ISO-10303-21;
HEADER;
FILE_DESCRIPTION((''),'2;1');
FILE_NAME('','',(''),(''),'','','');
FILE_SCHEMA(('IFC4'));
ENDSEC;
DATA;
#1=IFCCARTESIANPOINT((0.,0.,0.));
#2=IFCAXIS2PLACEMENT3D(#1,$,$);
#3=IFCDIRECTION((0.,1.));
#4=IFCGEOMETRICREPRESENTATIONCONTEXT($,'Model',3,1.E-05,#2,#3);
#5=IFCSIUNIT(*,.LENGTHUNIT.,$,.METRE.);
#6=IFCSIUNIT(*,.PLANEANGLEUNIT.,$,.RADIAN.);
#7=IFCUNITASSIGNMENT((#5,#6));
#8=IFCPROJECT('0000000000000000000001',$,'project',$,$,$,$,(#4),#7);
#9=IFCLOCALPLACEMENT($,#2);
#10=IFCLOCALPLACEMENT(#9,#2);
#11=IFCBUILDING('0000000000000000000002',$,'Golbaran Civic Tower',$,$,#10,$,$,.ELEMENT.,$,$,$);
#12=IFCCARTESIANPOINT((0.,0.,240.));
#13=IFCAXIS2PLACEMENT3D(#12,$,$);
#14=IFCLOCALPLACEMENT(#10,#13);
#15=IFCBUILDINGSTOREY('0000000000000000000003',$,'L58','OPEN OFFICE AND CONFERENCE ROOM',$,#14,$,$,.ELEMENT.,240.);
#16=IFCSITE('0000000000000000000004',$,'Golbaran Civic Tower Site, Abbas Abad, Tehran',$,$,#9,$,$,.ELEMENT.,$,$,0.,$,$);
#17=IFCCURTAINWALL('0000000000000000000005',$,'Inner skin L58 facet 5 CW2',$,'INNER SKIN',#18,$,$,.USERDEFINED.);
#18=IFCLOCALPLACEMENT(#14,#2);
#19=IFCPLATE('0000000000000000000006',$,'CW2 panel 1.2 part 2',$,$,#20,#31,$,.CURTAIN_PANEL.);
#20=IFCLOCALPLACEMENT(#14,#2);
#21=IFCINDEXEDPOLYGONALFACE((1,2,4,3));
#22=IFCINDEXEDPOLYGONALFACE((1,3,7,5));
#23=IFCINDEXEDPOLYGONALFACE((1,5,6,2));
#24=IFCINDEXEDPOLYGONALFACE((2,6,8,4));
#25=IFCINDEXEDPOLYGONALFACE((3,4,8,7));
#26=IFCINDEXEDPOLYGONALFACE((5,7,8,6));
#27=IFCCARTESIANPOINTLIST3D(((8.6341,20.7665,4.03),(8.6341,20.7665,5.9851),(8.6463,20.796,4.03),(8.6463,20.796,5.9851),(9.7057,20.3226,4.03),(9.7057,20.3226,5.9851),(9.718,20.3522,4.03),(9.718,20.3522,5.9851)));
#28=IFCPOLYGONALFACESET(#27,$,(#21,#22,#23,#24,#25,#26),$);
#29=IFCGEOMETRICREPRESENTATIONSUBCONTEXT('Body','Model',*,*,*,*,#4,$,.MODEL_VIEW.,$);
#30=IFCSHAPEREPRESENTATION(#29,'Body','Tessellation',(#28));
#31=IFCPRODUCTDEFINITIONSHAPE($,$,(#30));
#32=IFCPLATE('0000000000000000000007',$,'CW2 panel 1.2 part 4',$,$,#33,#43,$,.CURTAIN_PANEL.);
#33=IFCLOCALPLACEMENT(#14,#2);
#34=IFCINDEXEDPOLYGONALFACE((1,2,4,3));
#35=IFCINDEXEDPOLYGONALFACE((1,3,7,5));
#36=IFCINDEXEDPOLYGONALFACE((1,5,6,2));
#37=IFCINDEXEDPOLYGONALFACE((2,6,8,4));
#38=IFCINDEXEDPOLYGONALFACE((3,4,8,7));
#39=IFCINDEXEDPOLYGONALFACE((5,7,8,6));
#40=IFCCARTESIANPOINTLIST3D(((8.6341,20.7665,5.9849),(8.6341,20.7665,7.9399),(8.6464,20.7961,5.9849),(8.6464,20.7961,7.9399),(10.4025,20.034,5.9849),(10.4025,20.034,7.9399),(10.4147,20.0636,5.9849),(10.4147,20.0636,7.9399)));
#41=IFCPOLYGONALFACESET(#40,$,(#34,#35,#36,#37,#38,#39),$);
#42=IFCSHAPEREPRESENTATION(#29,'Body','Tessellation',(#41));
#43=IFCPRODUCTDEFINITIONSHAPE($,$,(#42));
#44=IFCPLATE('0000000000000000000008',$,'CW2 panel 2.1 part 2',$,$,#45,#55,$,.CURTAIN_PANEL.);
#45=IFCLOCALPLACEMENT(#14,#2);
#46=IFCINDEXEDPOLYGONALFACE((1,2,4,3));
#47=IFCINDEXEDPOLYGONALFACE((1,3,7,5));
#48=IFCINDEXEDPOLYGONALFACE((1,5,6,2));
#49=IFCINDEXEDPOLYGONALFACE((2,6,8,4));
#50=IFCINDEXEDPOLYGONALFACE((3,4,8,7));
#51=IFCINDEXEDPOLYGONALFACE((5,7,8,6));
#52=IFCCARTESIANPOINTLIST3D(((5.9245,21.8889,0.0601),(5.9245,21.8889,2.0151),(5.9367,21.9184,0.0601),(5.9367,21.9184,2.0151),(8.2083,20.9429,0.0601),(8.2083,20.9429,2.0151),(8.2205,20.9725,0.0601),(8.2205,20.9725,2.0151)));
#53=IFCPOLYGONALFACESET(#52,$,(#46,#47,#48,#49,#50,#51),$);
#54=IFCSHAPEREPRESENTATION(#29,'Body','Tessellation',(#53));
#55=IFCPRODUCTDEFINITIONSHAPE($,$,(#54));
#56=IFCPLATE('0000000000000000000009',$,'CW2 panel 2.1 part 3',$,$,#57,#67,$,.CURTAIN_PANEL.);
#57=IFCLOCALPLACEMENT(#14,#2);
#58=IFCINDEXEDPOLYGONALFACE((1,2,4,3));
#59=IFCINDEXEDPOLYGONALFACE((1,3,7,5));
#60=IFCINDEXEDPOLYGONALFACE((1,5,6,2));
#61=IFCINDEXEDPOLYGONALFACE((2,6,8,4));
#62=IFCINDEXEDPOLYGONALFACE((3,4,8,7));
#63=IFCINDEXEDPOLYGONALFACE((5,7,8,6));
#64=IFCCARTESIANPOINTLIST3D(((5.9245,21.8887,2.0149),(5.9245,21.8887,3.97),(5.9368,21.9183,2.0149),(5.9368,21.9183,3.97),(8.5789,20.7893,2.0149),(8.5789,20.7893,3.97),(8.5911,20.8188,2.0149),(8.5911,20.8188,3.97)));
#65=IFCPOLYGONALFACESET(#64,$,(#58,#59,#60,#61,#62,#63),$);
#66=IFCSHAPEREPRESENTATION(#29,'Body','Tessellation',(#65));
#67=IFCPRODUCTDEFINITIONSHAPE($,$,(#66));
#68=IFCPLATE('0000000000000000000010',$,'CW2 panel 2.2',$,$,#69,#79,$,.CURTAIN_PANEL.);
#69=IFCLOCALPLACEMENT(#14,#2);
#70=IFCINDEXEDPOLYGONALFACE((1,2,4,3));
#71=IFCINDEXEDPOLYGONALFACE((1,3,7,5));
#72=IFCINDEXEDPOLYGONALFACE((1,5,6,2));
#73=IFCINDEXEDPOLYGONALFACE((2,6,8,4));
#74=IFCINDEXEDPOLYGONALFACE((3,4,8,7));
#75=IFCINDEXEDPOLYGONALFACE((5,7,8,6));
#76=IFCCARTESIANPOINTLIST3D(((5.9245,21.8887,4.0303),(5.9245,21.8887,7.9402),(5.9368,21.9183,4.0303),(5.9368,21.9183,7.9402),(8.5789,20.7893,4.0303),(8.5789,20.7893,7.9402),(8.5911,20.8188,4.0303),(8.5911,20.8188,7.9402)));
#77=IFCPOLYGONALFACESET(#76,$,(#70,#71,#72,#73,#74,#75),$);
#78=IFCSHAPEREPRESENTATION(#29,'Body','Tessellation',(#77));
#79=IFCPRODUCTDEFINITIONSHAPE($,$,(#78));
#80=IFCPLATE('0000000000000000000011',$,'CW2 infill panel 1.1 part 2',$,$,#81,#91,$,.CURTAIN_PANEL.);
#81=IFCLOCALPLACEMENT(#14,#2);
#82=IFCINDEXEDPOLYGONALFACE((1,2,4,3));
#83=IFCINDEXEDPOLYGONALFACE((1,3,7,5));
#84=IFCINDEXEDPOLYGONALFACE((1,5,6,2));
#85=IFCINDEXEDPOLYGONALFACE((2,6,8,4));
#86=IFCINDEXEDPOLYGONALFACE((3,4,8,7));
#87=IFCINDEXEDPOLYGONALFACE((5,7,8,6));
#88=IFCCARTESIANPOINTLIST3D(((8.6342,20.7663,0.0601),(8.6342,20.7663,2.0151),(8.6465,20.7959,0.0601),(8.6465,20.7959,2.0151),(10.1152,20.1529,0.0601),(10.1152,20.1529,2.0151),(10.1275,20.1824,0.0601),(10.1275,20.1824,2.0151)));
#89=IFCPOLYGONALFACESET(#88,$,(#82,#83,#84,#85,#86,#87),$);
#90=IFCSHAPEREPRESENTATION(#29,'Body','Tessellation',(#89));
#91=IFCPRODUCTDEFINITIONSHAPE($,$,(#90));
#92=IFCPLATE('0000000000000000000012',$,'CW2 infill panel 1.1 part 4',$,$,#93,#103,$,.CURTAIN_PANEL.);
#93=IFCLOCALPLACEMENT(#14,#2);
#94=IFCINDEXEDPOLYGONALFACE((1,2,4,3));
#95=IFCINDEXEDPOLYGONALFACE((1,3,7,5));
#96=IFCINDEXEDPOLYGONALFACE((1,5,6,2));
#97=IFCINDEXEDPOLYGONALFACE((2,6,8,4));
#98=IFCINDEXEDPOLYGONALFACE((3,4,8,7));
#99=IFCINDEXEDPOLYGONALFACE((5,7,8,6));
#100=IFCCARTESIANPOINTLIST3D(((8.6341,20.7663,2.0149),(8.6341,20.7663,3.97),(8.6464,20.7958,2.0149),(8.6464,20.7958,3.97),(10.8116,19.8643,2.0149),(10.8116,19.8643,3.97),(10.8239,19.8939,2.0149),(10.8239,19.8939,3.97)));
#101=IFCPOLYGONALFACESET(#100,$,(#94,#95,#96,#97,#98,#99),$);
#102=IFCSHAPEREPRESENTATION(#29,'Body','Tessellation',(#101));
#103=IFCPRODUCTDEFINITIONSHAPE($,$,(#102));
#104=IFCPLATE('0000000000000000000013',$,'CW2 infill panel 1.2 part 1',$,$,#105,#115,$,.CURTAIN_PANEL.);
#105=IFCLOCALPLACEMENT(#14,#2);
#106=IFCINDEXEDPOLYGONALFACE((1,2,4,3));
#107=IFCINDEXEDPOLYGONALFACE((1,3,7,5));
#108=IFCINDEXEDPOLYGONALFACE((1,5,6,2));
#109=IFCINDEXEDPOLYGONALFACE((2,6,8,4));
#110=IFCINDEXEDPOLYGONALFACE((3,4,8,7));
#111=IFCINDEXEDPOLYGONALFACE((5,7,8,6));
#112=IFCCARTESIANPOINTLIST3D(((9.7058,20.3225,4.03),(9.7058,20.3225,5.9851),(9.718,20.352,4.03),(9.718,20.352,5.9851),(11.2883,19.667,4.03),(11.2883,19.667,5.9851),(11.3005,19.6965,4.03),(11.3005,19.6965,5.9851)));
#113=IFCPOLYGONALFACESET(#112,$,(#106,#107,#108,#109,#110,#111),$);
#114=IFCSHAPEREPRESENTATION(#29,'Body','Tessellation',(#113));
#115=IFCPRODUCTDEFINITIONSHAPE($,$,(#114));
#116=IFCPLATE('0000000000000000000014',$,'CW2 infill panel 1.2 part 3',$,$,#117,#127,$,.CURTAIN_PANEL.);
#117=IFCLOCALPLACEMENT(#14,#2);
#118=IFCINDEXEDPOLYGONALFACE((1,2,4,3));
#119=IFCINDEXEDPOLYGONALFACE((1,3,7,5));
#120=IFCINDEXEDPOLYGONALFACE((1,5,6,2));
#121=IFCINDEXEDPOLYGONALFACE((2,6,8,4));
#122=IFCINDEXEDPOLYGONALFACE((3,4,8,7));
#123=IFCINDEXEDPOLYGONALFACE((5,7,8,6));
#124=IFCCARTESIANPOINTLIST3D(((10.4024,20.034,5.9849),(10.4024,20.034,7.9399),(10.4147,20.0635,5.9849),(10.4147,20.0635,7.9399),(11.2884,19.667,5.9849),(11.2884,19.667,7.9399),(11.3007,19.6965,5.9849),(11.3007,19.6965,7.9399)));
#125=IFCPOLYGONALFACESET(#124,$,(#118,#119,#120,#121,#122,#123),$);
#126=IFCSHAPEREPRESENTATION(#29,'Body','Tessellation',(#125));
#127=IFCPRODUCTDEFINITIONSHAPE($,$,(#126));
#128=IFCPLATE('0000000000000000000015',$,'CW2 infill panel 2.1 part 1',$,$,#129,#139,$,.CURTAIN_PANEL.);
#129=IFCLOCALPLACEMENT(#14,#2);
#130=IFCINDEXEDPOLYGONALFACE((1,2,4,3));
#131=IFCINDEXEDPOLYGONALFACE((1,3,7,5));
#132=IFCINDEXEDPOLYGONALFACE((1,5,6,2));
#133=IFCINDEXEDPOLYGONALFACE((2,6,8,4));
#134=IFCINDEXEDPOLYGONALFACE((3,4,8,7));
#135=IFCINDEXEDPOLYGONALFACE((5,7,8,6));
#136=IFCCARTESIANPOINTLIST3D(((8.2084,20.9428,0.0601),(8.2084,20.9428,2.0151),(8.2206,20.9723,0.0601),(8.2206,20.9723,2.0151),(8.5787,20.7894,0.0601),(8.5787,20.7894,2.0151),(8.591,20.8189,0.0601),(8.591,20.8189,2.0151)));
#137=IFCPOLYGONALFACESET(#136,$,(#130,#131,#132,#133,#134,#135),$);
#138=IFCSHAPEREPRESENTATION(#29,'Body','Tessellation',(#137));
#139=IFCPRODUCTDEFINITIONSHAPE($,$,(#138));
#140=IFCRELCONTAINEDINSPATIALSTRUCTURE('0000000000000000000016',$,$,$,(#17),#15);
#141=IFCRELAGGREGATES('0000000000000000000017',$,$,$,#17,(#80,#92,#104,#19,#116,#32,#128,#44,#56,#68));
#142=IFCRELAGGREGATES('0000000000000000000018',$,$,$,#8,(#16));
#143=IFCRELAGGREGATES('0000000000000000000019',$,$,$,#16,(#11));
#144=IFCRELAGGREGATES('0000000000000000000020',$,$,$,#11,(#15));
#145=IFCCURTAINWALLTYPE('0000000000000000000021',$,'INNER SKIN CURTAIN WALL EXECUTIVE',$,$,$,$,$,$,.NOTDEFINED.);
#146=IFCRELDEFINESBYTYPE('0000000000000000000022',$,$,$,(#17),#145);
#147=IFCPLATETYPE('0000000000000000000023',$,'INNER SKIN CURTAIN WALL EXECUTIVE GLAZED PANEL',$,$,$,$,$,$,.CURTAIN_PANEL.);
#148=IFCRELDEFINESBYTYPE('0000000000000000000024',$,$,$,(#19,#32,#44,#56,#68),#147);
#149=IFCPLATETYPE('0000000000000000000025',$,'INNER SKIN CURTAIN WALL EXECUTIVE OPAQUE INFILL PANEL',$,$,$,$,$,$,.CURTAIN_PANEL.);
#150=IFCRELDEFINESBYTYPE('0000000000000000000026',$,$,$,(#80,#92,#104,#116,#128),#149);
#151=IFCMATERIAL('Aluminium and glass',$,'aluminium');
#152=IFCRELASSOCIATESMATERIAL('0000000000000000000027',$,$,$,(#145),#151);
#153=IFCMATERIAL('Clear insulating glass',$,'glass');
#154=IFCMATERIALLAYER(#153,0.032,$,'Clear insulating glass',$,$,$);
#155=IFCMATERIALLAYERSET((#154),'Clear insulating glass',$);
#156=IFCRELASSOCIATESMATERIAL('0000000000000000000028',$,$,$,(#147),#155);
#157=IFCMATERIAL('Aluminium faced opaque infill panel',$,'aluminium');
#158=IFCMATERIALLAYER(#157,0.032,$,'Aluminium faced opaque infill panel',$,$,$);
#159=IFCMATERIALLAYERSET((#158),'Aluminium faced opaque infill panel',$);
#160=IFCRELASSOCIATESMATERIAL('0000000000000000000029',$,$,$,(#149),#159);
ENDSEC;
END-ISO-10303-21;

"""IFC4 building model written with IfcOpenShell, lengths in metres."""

from ifc_helpers import new_model, si_unit, direction, frame, origin, origin_2d, place, context, subcontext, project, spatial, rectangle, extrude, material, layer, layer_set, type_object, element, aggregate, save


model = new_model("IFC4")

# Units and contexts
model_context = context("Model", 3, precision=1e-05, world=origin(), true_north=direction((0.0, 1.0)))
body_context = subcontext(model_context, "Body", "Model", "MODEL_VIEW")
ifc_project = project(units=[si_unit("LENGTHUNIT", "METRE"), si_unit("PLANEANGLEUNIT", "RADIAN")], contexts=[model_context])

# Site, building, storey
site_placement = place(None, origin())
site = spatial("IfcSite", under=ifc_project, at=site_placement, Name="Golbaran Civic Tower Site, Abbas Abad, Tehran", CompositionType="ELEMENT", RefElevation=0.0)
building_placement = place(site_placement, origin())
building = spatial("IfcBuilding", under=site, at=building_placement, Name="Golbaran Civic Tower", CompositionType="ELEMENT")
storey_placement = place(building_placement, frame((0.0, 0.0, 240.0)))
storey = spatial("IfcBuildingStorey", under=building, at=storey_placement, Name="L58", Description="OPEN OFFICE AND CONFERENCE ROOM", CompositionType="ELEMENT", Elevation=240.0)

# Curtain wall
ifc_material_1 = material(Name="Aluminium and glass", Category="aluminium")
curtain_wall_type = type_object("IfcCurtainWallType", Name="INNER SKIN CURTAIN WALL EXECUTIVE", PredefinedType="NOTDEFINED", material=ifc_material_1)
curtain_wall_1_placement = place(storey_placement, origin())
curtain_wall_1 = element("IfcCurtainWall", 1, at=curtain_wall_1_placement, inside=storey, type_object=curtain_wall_type, Name="Inner skin L58 facet 5 CW2", ObjectType="INNER SKIN", PredefinedType="USERDEFINED")

# Plates
ifc_material_2 = material(Name="Clear insulating glass", Category="glass")
ifc_layer_1 = layer(ifc_material_2, 0.032, Name="Clear insulating glass")
ifc_layer_set_1 = layer_set([ifc_layer_1], Name="Clear insulating glass")
plate_type_1 = type_object("IfcPlateType", Name="INNER SKIN CURTAIN WALL EXECUTIVE GLAZED PANEL", PredefinedType="CURTAIN_PANEL", material=ifc_layer_set_1)
plate_1_placement = place(storey_placement, frame((9.176, 20.5593, 4.03), z_axis=(0.0, 0.0, 1.0), x_axis=(-0.92388, 0.382683, 0.0)))
plate_1 = element("IfcPlate", 2, at=plate_1_placement, type_object=plate_type_1, Name="CW2 panel 1.2 part 2", PredefinedType="CURTAIN_PANEL", context=body_context, shape_type="SweptSolid", body=[
    extrude(rectangle(XDim=1.1599, YDim=0.032, at=origin_2d()), origin(), (0.0, 0.0, 1.0), 1.9551),
])
plate_2_placement = place(storey_placement, frame((9.5244, 20.415, 5.9849), z_axis=(0.0, 0.0, 1.0), x_axis=(-0.92388, 0.382683, 0.0)))
plate_2 = element("IfcPlate", 3, at=plate_2_placement, type_object=plate_type_1, Name="CW2 panel 1.2 part 4", PredefinedType="CURTAIN_PANEL", context=body_context, shape_type="SweptSolid", body=[
    extrude(rectangle(XDim=1.9141, YDim=0.032, at=origin_2d()), origin(), (0.0, 0.0, 1.0), 1.9551),
])
plate_3_placement = place(storey_placement, frame((7.0725, 21.4307, 0.0601), z_axis=(0.0, 0.0, 1.0), x_axis=(-0.92388, 0.382683, 0.0)))
plate_3 = element("IfcPlate", 4, at=plate_3_placement, type_object=plate_type_1, Name="CW2 panel 2.1 part 2", PredefinedType="CURTAIN_PANEL", context=body_context, shape_type="SweptSolid", body=[
    extrude(rectangle(XDim=2.4719, YDim=0.032, at=origin_2d()), origin(), (0.0, 0.0, 1.0), 1.9551),
])
plate_4_placement = place(storey_placement, frame((7.2578, 21.3538, 2.0149), z_axis=(0.0, 0.0, 1.0), x_axis=(-0.92388, 0.382683, 0.0)))
plate_4 = element("IfcPlate", 5, at=plate_4_placement, type_object=plate_type_1, Name="CW2 panel 2.1 part 3", PredefinedType="CURTAIN_PANEL", context=body_context, shape_type="SweptSolid", body=[
    extrude(rectangle(XDim=2.873, YDim=0.032, at=origin_2d()), origin(), (0.0, 0.0, 1.0), 1.9551),
])
plate_5_placement = place(storey_placement, frame((7.2578, 21.3538, 4.0303), z_axis=(0.0, 0.0, 1.0), x_axis=(-0.92388, 0.382683, 0.0)))
plate_5 = element("IfcPlate", 6, at=plate_5_placement, type_object=plate_type_1, Name="CW2 panel 2.2", PredefinedType="CURTAIN_PANEL", context=body_context, shape_type="SweptSolid", body=[
    extrude(rectangle(XDim=2.873, YDim=0.032, at=origin_2d()), origin(), (0.0, 0.0, 1.0), 3.9099),
])
ifc_material_3 = material(Name="Aluminium faced opaque infill panel", Category="aluminium")
ifc_layer_2 = layer(ifc_material_3, 0.032, Name="Aluminium faced opaque infill panel")
ifc_layer_set_2 = layer_set([ifc_layer_2], Name="Aluminium faced opaque infill panel")
plate_type_2 = type_object("IfcPlateType", Name="INNER SKIN CURTAIN WALL EXECUTIVE OPAQUE INFILL PANEL", PredefinedType="CURTAIN_PANEL", material=ifc_layer_set_2)
plate_6_placement = place(storey_placement, frame((9.3809, 20.4744, 0.0601), z_axis=(0.0, 0.0, 1.0), x_axis=(-0.92388, 0.382683, 0.0)))
plate_6 = element("IfcPlate", 7, at=plate_6_placement, type_object=plate_type_2, Name="CW2 infill panel 1.1 part 2", PredefinedType="CURTAIN_PANEL", context=body_context, shape_type="SweptSolid", body=[
    extrude(rectangle(XDim=1.603, YDim=0.032, at=origin_2d()), origin(), (0.0, 0.0, 1.0), 1.9551),
])
plate_7_placement = place(storey_placement, frame((9.729, 20.3301, 2.0149), z_axis=(0.0, 0.0, 1.0), x_axis=(-0.92388, 0.382683, 0.0)))
plate_7 = element("IfcPlate", 8, at=plate_7_placement, type_object=plate_type_2, Name="CW2 infill panel 1.1 part 4", PredefinedType="CURTAIN_PANEL", context=body_context, shape_type="SweptSolid", body=[
    extrude(rectangle(XDim=2.3569, YDim=0.032, at=origin_2d()), origin(), (0.0, 0.0, 1.0), 1.9551),
])
plate_8_placement = place(storey_placement, frame((10.5032, 20.0095, 4.03), z_axis=(0.0, 0.0, 1.0), x_axis=(-0.92388, 0.382683, 0.0)))
plate_8 = element("IfcPlate", 9, at=plate_8_placement, type_object=plate_type_2, Name="CW2 infill panel 1.2 part 1", PredefinedType="CURTAIN_PANEL", context=body_context, shape_type="SweptSolid", body=[
    extrude(rectangle(XDim=1.7129, YDim=0.032, at=origin_2d()), origin(), (0.0, 0.0, 1.0), 1.9551),
])
plate_9_placement = place(storey_placement, frame((10.8516, 19.8652, 5.9849), z_axis=(0.0, 0.0, 1.0), x_axis=(-0.92388, 0.382683, 0.0)))
plate_9 = element("IfcPlate", 10, at=plate_9_placement, type_object=plate_type_2, Name="CW2 infill panel 1.2 part 3", PredefinedType="CURTAIN_PANEL", context=body_context, shape_type="SweptSolid", body=[
    extrude(rectangle(XDim=0.959, YDim=0.032, at=origin_2d()), origin(), (0.0, 0.0, 1.0), 1.9551),
])
plate_10_placement = place(storey_placement, frame((8.3997, 20.8809, 0.0601), z_axis=(0.0, 0.0, 1.0), x_axis=(-0.92388, 0.382683, 0.0)))
plate_10 = element("IfcPlate", 11, at=plate_10_placement, type_object=plate_type_2, Name="CW2 infill panel 2.1 part 1", PredefinedType="CURTAIN_PANEL", context=body_context, shape_type="SweptSolid", body=[
    extrude(rectangle(XDim=0.4009, YDim=0.032, at=origin_2d()), origin(), (0.0, 0.0, 1.0), 1.9551),
])
aggregate(curtain_wall_1, [plate_6, plate_7, plate_8, plate_1, plate_9, plate_2, plate_10, plate_3, plate_4, plate_5])

save(model, "model.ifc")
